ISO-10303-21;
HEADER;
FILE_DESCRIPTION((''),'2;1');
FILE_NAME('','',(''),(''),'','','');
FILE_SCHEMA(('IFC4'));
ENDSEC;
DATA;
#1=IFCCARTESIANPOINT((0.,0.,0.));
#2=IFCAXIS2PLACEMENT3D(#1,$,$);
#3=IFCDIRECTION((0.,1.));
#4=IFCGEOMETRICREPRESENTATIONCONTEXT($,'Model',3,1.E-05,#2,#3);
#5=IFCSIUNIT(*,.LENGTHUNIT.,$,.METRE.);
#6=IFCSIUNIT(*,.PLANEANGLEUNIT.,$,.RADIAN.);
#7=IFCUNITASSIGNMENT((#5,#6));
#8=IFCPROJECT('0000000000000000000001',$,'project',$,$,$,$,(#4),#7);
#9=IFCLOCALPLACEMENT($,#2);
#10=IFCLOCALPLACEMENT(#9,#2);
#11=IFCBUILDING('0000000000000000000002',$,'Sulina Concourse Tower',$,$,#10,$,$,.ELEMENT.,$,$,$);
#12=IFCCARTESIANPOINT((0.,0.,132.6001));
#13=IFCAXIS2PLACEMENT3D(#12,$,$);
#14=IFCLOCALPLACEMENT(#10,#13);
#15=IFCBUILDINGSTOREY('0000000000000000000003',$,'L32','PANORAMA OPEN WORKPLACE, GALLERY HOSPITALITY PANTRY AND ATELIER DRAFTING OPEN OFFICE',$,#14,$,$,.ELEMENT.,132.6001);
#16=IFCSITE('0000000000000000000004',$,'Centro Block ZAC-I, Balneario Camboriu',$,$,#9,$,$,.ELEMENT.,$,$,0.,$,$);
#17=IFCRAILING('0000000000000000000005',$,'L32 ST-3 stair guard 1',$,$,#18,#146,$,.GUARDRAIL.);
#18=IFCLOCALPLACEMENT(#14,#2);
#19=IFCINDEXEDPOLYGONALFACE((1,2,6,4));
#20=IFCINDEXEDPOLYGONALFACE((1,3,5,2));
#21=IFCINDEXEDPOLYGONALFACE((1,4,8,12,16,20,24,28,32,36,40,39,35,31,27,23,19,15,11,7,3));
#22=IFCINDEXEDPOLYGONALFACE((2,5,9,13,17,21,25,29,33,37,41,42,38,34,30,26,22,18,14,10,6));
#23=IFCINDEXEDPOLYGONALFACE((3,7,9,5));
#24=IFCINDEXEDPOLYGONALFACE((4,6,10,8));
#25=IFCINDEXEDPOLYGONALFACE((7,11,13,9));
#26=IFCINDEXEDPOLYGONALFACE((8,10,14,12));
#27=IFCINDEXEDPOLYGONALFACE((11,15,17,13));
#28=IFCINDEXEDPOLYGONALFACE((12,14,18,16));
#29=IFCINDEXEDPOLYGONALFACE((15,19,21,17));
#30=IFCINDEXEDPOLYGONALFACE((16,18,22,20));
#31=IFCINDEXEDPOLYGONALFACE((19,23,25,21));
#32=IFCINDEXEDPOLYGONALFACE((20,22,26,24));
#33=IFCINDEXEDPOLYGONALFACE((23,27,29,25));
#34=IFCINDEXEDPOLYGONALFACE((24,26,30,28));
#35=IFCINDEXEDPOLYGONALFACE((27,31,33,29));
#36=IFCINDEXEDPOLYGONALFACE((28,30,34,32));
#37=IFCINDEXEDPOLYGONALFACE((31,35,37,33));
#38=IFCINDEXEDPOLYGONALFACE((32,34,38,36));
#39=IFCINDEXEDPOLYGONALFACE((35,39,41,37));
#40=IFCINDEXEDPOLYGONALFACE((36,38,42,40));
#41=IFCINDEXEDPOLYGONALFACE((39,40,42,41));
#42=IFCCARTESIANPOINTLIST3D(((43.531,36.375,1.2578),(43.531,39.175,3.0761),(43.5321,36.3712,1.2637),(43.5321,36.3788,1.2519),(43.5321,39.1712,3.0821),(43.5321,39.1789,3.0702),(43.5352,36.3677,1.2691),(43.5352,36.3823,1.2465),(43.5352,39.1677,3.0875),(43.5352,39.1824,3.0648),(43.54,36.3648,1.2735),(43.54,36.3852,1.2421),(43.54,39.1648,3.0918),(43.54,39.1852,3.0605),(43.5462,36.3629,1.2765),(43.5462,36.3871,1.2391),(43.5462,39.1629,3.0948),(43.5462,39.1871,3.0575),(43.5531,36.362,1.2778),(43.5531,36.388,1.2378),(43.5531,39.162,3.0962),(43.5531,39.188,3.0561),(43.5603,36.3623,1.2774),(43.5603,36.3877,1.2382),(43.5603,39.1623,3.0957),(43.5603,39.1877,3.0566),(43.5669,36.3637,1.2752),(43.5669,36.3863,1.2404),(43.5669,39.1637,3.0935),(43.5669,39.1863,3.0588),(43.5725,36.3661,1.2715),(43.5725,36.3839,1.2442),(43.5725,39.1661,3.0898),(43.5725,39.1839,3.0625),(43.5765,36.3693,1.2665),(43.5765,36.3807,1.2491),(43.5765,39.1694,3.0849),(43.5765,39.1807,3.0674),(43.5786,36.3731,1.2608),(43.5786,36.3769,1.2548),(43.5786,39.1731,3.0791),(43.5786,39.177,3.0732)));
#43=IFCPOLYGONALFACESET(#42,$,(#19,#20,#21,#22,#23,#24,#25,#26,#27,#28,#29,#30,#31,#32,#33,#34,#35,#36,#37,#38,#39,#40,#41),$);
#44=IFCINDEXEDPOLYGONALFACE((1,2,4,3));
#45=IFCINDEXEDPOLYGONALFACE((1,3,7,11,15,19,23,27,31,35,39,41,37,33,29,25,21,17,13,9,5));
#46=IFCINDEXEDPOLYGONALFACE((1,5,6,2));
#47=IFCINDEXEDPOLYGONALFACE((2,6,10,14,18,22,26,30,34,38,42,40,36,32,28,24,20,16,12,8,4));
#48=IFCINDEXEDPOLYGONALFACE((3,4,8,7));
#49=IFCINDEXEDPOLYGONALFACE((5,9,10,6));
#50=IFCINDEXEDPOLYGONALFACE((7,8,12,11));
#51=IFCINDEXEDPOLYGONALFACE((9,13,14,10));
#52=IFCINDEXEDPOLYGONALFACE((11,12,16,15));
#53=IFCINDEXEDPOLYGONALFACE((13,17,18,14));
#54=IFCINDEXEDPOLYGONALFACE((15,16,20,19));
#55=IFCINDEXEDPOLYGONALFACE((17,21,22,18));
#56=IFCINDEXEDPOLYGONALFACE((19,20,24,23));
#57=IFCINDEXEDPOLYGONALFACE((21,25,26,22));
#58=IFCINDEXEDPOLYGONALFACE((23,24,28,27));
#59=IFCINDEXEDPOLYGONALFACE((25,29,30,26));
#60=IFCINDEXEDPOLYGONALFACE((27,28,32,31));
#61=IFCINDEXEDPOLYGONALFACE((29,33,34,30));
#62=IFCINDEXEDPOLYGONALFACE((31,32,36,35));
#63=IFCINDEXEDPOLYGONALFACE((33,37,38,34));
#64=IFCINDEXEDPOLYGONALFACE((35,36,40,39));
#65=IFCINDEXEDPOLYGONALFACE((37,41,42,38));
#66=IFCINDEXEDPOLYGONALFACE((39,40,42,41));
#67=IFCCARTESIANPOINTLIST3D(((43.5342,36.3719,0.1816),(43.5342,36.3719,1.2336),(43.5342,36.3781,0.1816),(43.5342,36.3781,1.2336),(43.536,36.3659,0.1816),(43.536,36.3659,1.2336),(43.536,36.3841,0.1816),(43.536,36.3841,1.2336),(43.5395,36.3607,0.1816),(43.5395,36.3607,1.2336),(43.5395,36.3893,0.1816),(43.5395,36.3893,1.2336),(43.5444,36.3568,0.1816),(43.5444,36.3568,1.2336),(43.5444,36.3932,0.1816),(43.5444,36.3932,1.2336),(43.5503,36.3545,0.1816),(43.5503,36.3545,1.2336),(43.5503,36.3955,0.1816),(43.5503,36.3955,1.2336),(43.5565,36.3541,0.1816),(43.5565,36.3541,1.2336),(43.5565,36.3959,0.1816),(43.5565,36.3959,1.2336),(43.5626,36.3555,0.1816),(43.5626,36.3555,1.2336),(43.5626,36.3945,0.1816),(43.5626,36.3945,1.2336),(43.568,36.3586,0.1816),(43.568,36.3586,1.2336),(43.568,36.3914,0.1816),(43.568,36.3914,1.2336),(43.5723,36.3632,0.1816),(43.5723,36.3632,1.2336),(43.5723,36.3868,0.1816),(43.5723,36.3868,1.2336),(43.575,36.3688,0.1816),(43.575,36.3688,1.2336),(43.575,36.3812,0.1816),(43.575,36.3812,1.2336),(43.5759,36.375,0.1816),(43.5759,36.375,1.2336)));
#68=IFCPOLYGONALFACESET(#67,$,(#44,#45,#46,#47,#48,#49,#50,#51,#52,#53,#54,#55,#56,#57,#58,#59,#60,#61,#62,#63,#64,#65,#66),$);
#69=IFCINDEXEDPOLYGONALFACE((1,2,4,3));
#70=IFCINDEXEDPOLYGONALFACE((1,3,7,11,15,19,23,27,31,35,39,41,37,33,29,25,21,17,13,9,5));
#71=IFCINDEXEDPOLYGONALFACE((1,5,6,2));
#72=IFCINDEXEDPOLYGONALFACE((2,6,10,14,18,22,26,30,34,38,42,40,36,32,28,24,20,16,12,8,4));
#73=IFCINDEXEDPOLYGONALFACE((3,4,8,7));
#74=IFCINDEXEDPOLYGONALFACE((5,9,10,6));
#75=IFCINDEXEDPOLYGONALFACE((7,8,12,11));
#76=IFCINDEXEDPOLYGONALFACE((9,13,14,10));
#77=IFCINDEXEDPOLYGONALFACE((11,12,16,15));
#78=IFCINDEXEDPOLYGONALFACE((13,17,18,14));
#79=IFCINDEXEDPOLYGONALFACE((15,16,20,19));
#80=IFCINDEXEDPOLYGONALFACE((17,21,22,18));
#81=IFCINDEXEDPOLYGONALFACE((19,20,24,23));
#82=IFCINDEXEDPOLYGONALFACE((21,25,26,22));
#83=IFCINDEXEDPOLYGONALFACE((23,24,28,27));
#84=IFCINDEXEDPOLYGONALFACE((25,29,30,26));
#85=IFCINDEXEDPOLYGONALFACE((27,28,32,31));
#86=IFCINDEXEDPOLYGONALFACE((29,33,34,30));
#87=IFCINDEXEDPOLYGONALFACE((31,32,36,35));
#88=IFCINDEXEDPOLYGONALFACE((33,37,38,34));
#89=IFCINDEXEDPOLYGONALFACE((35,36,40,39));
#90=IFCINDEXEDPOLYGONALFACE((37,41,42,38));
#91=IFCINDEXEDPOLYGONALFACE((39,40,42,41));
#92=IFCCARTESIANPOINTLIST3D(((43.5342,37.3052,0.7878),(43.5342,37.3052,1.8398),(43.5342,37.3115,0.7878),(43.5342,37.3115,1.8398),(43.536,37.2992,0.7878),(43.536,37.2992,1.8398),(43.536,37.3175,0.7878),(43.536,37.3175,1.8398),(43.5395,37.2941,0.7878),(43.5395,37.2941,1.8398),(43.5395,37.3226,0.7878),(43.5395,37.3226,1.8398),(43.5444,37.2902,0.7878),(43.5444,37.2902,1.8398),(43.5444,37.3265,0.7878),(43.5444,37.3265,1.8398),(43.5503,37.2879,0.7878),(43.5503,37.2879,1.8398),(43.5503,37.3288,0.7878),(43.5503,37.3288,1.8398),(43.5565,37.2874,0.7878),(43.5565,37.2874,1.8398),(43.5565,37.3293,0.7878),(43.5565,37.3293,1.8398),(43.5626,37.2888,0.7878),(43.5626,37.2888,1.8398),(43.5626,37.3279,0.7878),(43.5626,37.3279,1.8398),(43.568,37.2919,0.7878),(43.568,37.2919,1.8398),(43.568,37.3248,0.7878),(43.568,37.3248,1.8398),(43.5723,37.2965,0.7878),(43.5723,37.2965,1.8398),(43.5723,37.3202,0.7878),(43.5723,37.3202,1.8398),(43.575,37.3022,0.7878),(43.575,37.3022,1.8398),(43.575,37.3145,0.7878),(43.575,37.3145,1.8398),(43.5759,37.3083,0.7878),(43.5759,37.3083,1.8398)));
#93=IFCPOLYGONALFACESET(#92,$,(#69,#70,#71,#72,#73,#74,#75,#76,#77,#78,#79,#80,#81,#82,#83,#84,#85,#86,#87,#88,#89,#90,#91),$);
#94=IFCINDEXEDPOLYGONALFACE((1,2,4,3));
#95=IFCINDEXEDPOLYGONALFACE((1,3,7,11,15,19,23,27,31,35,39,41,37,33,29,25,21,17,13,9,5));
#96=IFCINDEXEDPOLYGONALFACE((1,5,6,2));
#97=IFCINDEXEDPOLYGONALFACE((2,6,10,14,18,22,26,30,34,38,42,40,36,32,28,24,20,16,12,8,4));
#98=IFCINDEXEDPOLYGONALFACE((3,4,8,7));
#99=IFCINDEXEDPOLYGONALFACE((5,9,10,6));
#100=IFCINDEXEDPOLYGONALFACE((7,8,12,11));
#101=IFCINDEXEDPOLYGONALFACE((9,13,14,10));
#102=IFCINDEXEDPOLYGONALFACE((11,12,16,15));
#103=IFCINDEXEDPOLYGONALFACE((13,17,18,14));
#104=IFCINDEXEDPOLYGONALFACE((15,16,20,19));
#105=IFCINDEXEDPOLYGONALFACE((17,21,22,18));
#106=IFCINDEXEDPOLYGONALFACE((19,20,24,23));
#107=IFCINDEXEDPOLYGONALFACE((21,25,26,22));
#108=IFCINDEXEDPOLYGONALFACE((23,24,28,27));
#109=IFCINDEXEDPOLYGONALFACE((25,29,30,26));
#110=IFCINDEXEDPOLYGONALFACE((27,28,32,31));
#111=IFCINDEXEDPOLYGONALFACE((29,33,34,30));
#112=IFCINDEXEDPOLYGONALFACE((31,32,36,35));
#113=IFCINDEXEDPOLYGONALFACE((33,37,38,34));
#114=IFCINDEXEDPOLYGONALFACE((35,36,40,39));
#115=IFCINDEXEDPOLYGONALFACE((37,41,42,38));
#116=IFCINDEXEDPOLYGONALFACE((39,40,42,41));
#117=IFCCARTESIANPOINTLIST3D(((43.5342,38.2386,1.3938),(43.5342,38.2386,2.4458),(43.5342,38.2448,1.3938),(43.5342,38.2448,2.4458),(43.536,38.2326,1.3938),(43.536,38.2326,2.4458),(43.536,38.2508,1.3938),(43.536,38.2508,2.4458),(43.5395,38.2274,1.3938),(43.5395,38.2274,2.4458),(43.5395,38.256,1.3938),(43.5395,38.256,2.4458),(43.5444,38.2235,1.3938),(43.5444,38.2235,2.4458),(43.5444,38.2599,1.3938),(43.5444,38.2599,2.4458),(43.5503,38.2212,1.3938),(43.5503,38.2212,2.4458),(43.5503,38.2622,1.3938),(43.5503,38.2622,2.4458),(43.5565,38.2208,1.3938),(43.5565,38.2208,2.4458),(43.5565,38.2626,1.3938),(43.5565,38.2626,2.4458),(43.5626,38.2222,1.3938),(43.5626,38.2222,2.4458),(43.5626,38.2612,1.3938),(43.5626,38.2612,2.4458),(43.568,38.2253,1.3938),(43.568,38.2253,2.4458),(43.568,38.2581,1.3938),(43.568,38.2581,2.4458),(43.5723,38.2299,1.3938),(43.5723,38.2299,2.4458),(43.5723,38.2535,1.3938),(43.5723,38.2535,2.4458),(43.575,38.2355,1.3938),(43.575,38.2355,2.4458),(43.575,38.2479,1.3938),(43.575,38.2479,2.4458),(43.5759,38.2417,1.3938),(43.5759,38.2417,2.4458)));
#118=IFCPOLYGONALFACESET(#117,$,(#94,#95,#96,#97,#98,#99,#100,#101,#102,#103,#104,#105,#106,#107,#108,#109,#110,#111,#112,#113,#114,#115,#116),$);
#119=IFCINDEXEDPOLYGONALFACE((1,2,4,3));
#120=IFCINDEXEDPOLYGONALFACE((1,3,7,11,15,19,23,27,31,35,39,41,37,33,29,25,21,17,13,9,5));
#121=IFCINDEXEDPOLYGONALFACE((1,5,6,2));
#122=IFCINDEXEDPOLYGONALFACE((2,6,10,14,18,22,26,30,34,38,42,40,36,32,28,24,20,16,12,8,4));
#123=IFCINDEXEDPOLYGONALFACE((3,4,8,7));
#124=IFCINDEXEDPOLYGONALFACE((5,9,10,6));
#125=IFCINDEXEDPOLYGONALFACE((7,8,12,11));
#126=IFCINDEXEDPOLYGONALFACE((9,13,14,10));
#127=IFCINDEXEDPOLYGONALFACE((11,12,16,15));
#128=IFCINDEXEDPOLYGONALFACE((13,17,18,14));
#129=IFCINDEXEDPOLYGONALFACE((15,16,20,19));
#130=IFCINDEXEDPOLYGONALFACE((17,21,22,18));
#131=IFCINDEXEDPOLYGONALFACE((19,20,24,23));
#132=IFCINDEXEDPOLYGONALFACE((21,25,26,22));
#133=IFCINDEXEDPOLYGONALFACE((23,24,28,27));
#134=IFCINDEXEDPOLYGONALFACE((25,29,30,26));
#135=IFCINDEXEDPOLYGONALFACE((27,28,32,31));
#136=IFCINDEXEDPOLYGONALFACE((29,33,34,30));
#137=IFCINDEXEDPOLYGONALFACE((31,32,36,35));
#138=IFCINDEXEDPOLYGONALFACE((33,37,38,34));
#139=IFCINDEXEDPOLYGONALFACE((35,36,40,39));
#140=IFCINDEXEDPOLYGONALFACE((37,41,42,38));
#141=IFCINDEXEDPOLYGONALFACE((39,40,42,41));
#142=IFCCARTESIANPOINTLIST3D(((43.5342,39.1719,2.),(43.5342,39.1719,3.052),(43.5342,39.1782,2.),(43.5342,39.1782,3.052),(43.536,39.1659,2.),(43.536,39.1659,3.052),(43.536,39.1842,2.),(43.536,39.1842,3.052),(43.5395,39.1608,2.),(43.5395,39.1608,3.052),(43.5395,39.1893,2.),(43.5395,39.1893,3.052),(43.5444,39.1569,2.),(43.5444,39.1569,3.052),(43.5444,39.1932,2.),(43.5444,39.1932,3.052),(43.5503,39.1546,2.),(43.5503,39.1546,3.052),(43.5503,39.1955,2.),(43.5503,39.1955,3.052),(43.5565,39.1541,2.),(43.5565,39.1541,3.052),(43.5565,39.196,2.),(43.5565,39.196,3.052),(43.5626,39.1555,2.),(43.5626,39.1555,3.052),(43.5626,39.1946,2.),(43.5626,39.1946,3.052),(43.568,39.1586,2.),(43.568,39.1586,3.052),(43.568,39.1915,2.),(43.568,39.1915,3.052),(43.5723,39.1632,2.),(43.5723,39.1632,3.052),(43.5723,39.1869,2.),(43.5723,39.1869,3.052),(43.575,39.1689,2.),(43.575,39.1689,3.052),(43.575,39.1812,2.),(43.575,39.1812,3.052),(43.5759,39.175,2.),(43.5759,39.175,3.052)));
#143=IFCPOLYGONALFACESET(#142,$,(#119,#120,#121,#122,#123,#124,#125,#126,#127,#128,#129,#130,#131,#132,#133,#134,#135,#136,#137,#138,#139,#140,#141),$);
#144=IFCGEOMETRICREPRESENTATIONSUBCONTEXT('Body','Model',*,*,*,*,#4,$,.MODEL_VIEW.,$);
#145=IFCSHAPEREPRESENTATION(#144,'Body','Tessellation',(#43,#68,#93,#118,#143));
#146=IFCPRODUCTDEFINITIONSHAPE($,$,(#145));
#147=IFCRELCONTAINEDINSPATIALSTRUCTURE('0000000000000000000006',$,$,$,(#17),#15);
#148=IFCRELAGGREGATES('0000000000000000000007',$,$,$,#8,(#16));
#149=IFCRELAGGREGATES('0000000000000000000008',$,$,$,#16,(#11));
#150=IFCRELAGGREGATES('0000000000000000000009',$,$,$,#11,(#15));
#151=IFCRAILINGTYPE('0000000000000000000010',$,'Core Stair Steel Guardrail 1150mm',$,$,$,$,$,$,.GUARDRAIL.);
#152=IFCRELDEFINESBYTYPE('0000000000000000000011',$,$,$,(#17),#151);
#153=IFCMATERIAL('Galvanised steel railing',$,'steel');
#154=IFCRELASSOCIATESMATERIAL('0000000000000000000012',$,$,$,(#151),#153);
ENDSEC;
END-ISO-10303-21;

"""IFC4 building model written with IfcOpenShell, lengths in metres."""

from ifc_helpers import new_model, si_unit, direction, frame, origin, origin_2d, place, context, subcontext, project, spatial, circle, extrude, material, type_object, element, save


model = new_model("IFC4")

# Units and contexts
model_context = context("Model", 3, precision=1e-05, world=origin(), true_north=direction((0.0, 1.0)))
body_context = subcontext(model_context, "Body", "Model", "MODEL_VIEW")
ifc_project = project(units=[si_unit("LENGTHUNIT", "METRE"), si_unit("PLANEANGLEUNIT", "RADIAN")], contexts=[model_context])

# Site, building, storey
site_placement = place(None, origin())
site = spatial("IfcSite", under=ifc_project, at=site_placement, Name="Centro Block ZAC-I, Balneario Camboriu", CompositionType="ELEMENT", RefElevation=0.0)
building_placement = place(site_placement, origin())
building = spatial("IfcBuilding", under=site, at=building_placement, Name="Sulina Concourse Tower", CompositionType="ELEMENT")
storey_placement = place(building_placement, frame((0.0, 0.0, 132.6001)))
storey = spatial("IfcBuildingStorey", under=building, at=storey_placement, Name="L32", Description="PANORAMA OPEN WORKPLACE, GALLERY HOSPITALITY PANTRY AND ATELIER DRAFTING OPEN OFFICE", CompositionType="ELEMENT", Elevation=132.6001)

# Railing
ifc_material_1 = material(Name="Galvanised steel railing", Category="steel")
railing_type_1 = type_object("IfcRailingType", Name="Core Stair Steel Guardrail 1150mm", PredefinedType="GUARDRAIL", material=ifc_material_1)
railing_1_placement = place(storey_placement, frame((43.5549, 36.375, 0.1816)))
element("IfcRailing", 1, at=railing_1_placement, inside=storey, type_object=railing_type_1, Name="L32 ST-3 stair guard 1", PredefinedType="GUARDRAIL", context=body_context, shape_type="SweptSolid", body=[
    extrude(circle(Radius=0.0239, at=origin_2d()), frame((0.0, 0.0, 1.0762), z_axis=(0.0, 0.838672, 0.544636), x_axis=(-1.0, 0.0, 0.0)), (0.0, 0.0, 1.0), 3.3386),
    extrude(circle(Radius=0.021, at=origin_2d()), origin(), (0.0, 0.0, 1.0), 1.052),
    extrude(circle(Radius=0.021, at=origin_2d()), frame((0.0, 0.9333, 0.6062)), (0.0, 0.0, 1.0), 1.052),
    extrude(circle(Radius=0.021, at=origin_2d()), frame((0.0, 1.8667, 1.2122)), (0.0, 0.0, 1.0), 1.052),
    extrude(circle(Radius=0.021, at=origin_2d()), frame((0.0, 2.8, 1.8184)), (0.0, 0.0, 1.0), 1.052),
])

save(model, "model.ifc")
